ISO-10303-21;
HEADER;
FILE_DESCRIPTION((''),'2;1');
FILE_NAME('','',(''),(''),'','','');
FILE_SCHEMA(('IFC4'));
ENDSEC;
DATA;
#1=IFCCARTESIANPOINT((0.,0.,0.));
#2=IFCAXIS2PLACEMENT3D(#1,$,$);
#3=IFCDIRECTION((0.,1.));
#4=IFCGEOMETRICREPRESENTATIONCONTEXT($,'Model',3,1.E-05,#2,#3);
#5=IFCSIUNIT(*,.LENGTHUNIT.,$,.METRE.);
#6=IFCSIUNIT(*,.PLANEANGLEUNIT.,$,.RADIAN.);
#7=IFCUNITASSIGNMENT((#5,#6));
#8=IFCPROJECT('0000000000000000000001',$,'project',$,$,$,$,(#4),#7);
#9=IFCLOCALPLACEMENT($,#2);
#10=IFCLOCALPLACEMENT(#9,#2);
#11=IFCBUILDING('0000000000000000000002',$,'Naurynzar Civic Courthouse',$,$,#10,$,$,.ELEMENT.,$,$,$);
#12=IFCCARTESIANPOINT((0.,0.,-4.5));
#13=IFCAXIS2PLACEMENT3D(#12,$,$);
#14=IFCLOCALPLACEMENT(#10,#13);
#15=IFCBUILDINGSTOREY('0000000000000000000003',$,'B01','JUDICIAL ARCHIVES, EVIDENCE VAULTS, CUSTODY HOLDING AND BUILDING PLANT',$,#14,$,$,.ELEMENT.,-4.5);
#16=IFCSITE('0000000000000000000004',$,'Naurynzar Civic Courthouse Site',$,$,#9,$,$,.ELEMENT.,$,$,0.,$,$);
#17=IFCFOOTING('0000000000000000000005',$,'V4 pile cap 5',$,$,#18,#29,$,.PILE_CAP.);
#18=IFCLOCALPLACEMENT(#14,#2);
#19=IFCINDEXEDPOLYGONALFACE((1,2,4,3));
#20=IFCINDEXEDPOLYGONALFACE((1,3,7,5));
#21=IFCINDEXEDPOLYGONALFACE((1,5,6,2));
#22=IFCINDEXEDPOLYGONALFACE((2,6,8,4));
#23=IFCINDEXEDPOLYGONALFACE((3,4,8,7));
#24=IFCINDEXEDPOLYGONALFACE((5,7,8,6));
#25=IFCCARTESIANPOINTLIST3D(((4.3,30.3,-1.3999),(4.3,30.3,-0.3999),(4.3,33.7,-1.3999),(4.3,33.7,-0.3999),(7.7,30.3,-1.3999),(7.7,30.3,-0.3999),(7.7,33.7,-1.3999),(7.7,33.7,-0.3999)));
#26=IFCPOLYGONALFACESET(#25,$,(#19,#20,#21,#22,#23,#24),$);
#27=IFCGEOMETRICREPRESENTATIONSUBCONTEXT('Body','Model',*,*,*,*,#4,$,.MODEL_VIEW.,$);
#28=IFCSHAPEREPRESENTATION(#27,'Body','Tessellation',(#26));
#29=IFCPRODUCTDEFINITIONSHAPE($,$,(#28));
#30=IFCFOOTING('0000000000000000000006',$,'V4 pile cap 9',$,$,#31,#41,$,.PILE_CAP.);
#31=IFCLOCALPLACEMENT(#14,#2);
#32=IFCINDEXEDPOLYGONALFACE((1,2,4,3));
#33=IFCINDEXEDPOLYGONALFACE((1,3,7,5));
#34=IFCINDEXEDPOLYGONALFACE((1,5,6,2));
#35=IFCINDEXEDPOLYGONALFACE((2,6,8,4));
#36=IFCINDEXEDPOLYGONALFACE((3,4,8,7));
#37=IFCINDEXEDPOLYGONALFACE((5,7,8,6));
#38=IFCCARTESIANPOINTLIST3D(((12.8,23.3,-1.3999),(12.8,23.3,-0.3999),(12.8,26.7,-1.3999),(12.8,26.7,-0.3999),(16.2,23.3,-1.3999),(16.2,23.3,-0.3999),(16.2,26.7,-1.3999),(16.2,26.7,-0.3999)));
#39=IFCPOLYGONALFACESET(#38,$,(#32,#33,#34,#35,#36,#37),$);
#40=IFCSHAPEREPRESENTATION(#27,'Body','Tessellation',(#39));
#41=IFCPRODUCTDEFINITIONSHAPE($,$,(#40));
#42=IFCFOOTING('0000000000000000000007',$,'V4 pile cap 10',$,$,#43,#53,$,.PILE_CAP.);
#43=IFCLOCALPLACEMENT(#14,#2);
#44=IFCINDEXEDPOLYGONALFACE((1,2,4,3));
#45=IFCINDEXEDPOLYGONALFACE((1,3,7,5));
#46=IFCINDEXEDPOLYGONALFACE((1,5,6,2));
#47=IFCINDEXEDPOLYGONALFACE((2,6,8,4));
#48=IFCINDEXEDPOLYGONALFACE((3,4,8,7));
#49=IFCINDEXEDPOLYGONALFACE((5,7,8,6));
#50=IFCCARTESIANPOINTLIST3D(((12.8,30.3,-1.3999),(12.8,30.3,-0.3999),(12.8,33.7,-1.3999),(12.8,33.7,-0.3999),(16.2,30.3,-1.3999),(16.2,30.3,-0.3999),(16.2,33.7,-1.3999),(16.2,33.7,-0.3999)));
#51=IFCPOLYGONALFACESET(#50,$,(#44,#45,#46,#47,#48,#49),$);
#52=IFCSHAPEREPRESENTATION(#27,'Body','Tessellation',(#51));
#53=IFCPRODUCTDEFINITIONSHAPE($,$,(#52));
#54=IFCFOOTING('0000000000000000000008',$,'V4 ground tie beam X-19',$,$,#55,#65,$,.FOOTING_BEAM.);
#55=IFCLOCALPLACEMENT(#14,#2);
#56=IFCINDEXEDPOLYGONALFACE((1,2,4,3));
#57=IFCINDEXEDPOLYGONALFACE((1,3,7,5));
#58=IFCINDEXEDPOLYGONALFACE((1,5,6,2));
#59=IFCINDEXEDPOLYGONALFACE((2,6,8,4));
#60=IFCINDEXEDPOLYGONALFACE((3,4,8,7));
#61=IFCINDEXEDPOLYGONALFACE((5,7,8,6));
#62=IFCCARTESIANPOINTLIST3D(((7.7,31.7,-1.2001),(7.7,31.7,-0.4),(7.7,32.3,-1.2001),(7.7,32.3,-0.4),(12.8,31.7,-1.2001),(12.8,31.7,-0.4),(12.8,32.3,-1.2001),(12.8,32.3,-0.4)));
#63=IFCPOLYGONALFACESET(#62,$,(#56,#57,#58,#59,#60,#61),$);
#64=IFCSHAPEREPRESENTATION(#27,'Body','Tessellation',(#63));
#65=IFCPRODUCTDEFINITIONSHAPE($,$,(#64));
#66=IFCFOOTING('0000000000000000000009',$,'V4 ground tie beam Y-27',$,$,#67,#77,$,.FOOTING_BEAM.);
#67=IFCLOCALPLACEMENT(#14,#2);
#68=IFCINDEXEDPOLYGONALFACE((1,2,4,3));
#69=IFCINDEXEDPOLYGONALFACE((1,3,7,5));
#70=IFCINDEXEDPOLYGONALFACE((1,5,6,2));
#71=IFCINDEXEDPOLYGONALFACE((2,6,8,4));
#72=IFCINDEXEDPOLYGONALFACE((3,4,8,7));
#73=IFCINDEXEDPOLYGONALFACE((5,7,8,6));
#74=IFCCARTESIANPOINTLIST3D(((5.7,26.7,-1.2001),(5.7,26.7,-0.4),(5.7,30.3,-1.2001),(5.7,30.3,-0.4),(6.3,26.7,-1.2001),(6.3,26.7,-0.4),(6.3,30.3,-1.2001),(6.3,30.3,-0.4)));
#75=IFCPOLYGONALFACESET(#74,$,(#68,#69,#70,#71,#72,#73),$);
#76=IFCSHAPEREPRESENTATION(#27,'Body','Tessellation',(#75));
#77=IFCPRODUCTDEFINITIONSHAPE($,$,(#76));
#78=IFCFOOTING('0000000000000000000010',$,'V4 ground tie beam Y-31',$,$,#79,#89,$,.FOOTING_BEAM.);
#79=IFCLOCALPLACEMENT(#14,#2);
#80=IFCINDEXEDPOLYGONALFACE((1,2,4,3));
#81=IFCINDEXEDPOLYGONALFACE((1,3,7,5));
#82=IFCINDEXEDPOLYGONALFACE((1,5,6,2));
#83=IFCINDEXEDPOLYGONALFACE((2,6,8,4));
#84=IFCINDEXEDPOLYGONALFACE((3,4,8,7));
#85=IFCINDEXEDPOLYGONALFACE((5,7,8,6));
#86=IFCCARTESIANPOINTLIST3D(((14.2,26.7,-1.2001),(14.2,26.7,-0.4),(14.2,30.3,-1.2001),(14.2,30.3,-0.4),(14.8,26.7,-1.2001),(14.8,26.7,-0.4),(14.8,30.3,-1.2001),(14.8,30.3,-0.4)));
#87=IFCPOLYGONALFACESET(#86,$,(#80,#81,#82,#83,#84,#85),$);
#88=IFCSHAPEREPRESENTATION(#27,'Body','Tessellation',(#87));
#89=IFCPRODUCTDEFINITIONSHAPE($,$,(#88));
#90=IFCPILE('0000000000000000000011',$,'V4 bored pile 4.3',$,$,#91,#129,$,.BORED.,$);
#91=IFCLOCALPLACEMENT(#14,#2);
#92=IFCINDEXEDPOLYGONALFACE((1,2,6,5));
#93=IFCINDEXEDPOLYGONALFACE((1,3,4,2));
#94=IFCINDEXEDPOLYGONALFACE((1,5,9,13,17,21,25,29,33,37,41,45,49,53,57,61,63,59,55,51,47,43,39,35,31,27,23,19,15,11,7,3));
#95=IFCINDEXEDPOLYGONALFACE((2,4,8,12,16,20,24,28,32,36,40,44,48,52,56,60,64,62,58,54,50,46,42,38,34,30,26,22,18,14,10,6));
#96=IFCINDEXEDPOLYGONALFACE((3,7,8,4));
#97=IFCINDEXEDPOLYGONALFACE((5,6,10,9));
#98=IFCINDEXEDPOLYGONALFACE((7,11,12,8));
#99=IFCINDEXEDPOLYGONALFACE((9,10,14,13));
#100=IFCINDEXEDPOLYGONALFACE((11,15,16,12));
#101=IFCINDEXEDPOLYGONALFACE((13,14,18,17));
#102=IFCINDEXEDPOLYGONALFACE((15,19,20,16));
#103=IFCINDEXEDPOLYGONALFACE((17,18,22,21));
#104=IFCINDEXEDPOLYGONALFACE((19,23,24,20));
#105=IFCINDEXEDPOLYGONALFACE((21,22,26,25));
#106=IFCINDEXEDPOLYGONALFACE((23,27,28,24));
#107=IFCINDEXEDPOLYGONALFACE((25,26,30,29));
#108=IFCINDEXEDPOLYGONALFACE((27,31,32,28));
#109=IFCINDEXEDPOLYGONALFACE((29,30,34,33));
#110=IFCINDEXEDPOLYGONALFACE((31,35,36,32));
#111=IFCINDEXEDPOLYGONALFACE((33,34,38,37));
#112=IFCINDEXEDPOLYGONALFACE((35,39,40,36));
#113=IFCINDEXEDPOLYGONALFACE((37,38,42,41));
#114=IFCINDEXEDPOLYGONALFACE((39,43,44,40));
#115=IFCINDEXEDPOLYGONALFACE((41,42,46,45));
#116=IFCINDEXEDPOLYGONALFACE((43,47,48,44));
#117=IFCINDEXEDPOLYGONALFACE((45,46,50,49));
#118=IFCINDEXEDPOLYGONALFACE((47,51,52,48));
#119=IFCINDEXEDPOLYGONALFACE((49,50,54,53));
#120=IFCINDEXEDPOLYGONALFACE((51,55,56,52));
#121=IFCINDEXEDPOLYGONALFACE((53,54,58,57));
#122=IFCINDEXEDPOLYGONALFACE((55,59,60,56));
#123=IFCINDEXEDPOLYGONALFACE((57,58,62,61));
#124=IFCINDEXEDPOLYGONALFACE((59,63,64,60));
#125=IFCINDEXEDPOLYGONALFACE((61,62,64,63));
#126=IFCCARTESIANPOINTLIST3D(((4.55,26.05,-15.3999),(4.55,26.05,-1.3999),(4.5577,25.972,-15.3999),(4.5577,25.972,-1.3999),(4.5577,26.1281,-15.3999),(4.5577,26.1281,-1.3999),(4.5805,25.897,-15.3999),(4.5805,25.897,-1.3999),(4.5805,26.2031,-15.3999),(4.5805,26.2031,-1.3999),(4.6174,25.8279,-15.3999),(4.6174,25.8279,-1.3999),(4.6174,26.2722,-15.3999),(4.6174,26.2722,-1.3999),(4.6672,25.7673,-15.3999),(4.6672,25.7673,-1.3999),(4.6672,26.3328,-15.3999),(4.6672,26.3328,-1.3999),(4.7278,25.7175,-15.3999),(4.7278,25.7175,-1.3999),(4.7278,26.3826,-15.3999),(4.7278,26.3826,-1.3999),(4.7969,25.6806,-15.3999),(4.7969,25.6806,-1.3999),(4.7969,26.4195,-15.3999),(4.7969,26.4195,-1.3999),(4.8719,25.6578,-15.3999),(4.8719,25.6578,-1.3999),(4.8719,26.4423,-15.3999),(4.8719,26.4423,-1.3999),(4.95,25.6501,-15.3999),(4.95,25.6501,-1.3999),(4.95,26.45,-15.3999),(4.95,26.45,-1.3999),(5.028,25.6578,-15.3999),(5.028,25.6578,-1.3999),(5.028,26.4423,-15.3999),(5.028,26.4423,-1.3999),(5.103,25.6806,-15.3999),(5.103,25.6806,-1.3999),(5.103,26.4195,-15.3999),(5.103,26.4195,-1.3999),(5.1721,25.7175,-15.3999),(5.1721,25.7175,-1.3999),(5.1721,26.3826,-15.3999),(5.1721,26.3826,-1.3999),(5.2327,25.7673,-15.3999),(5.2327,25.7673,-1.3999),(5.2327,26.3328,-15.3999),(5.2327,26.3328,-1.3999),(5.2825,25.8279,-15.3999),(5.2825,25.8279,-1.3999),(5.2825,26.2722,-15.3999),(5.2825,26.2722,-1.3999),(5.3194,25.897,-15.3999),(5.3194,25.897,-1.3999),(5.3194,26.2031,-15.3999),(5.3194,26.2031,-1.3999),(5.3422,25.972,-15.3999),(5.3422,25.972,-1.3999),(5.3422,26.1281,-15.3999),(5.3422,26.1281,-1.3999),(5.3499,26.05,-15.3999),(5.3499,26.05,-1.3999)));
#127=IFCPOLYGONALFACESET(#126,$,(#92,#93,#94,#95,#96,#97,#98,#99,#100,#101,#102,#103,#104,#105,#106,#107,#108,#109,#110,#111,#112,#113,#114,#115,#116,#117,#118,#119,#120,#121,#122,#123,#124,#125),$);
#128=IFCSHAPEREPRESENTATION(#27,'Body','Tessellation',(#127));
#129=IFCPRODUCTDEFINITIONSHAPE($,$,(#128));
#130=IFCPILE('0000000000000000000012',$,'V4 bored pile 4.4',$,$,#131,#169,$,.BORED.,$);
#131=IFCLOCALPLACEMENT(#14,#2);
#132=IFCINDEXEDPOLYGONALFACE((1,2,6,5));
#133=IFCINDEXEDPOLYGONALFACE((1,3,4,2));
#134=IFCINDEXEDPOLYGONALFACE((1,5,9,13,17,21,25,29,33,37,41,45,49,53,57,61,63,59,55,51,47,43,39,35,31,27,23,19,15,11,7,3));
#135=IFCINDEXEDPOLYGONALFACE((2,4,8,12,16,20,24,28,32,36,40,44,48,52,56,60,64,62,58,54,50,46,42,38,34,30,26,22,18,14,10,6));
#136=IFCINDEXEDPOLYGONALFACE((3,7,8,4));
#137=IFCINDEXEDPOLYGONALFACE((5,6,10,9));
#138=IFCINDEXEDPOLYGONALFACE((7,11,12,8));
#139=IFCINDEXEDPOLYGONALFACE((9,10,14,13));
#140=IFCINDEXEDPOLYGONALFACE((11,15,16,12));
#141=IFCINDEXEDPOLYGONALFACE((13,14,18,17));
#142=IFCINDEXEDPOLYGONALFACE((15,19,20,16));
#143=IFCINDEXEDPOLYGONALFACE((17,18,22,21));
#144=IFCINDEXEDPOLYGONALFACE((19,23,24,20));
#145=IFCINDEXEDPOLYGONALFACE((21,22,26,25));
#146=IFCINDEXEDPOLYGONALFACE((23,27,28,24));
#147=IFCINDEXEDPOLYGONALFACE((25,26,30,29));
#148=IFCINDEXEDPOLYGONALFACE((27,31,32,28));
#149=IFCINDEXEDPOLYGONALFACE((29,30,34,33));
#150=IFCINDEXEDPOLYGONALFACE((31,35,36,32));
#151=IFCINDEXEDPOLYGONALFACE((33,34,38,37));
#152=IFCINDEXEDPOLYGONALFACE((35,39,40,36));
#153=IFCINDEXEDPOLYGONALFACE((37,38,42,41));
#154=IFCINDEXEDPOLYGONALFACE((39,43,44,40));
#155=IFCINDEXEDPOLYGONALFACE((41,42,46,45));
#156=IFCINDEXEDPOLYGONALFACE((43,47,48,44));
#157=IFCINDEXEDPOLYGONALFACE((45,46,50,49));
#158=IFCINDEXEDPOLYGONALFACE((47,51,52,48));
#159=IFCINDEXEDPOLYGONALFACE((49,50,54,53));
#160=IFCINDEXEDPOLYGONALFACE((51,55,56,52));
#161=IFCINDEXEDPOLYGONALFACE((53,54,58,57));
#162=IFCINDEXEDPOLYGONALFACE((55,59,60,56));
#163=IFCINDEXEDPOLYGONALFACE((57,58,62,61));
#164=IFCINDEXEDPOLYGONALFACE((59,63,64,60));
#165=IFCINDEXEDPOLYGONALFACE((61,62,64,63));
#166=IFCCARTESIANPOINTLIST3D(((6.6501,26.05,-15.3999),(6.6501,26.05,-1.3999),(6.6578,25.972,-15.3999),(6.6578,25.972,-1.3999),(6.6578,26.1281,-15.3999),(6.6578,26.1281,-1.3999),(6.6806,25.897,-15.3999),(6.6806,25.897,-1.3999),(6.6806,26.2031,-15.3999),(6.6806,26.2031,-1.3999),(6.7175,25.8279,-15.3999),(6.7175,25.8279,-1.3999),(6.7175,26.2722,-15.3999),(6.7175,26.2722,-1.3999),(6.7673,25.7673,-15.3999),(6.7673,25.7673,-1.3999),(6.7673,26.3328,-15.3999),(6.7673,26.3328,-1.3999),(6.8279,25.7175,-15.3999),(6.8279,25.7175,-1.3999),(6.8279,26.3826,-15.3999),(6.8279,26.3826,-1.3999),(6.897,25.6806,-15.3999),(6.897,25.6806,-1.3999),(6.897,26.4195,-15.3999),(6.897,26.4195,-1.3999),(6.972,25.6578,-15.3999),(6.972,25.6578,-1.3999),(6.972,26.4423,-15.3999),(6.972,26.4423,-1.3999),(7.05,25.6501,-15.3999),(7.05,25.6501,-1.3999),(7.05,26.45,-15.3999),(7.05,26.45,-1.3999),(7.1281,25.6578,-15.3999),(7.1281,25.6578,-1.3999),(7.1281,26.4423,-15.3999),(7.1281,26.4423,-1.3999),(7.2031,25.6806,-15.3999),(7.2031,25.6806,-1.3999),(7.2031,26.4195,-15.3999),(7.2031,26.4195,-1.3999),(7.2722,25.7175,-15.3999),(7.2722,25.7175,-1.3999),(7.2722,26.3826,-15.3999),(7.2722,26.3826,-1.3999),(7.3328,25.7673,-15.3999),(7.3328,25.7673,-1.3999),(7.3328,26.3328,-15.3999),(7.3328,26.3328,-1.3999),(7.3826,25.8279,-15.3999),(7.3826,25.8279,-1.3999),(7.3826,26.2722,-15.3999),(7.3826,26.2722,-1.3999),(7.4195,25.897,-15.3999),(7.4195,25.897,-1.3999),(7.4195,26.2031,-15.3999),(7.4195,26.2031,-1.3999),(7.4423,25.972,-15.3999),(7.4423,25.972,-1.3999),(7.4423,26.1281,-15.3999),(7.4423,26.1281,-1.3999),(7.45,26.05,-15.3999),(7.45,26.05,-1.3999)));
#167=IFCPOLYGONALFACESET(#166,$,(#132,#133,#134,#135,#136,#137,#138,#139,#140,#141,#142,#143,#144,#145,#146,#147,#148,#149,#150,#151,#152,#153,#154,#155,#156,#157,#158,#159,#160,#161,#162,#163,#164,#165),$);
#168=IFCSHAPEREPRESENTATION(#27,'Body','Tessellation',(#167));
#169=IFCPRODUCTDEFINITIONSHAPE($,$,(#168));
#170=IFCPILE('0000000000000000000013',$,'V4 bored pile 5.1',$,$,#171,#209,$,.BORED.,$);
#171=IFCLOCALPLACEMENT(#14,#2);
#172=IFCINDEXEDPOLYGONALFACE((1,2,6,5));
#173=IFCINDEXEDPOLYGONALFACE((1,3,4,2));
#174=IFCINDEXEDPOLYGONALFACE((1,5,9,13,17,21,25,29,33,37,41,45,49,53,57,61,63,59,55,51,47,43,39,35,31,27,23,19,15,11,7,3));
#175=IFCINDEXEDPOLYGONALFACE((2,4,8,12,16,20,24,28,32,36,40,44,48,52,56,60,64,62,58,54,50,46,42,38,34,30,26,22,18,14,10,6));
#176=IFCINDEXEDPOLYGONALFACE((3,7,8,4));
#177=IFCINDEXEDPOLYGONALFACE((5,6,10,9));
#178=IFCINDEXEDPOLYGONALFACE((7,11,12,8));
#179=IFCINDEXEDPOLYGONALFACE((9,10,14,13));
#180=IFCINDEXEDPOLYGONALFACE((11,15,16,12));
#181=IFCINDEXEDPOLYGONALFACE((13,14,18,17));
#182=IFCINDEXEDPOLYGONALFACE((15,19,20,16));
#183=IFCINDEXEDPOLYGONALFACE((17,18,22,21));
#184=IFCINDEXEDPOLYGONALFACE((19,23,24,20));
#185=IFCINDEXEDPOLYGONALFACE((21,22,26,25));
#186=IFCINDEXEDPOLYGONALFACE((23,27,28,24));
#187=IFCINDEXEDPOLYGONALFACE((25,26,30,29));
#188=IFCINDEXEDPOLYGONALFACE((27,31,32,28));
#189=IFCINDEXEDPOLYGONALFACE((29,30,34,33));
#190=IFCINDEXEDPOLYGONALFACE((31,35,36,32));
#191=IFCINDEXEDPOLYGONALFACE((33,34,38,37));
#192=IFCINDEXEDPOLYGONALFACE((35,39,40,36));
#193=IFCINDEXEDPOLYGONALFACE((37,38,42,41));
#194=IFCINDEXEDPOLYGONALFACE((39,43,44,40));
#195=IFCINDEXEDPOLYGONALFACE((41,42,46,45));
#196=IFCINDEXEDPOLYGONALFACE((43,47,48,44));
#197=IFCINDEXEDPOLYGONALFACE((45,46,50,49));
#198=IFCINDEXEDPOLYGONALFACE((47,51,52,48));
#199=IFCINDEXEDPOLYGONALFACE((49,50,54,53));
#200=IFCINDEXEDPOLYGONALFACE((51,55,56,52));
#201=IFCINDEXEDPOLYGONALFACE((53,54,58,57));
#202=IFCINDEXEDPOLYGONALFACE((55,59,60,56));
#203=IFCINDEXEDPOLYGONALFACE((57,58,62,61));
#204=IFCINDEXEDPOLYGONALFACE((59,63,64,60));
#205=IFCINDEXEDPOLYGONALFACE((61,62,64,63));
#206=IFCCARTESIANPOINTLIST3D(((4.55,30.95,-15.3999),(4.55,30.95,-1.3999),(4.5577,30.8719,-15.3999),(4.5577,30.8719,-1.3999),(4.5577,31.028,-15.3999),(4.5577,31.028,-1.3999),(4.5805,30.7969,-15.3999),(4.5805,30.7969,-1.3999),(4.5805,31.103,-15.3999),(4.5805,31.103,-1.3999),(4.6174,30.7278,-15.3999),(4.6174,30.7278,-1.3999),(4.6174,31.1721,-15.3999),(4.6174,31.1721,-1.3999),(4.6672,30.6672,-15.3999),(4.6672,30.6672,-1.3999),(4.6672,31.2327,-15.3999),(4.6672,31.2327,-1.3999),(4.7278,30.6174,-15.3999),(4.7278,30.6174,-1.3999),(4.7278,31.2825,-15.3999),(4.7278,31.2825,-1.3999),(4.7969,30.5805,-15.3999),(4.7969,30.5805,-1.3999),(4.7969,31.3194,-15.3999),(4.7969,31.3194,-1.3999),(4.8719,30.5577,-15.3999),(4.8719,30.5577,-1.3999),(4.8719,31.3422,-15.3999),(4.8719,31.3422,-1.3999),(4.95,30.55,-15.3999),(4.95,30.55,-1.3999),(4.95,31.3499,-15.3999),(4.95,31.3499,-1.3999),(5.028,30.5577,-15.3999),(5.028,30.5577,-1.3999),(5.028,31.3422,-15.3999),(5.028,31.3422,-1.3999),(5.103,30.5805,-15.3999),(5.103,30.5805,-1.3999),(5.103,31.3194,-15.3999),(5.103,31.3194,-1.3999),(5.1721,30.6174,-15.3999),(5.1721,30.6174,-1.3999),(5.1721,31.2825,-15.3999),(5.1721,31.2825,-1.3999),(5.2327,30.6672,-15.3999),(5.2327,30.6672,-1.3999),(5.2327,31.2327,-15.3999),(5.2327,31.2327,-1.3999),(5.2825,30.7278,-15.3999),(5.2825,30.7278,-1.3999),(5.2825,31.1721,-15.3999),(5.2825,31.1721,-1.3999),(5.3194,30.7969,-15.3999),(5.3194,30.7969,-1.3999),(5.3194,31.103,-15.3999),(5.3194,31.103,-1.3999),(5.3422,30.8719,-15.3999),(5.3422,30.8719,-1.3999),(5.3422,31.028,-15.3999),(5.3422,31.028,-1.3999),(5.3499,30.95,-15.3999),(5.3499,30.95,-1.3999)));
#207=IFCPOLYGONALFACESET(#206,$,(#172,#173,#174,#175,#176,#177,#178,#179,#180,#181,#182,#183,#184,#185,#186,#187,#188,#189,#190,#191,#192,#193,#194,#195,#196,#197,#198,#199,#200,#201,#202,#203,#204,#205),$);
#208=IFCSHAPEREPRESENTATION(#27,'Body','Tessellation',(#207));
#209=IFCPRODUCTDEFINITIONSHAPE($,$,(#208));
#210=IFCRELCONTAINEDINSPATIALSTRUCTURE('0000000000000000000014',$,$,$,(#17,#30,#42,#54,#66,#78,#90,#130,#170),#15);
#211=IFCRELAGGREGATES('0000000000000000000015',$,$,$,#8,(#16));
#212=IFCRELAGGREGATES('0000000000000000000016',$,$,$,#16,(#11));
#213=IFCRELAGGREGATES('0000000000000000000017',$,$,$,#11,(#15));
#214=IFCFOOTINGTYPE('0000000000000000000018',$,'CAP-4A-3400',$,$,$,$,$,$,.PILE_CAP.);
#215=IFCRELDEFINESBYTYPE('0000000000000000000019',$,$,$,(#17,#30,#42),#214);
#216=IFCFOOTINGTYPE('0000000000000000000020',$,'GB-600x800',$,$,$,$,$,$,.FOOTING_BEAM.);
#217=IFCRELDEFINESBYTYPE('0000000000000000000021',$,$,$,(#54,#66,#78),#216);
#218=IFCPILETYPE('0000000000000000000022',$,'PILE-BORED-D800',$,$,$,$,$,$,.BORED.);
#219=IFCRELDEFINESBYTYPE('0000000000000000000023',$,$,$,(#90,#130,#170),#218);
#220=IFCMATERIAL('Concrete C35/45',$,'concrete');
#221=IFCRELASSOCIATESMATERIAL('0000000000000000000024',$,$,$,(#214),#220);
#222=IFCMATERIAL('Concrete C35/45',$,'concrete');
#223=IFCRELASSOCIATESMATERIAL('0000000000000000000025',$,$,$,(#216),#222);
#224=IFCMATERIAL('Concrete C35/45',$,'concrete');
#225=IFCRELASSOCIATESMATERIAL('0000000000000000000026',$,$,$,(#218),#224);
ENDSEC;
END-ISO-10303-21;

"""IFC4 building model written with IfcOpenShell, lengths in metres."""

from ifc_helpers import new_model, si_unit, direction, frame, origin, origin_2d, place, context, subcontext, project, spatial, rectangle, circle, extrude, material, material_profile, profile_set, type_object, element, save


model = new_model("IFC4")

# Units and contexts
model_context = context("Model", 3, precision=1e-05, world=origin(), true_north=direction((0.0, 1.0)))
body_context = subcontext(model_context, "Body", "Model", "MODEL_VIEW")
ifc_project = project(units=[si_unit("LENGTHUNIT", "METRE"), si_unit("PLANEANGLEUNIT", "RADIAN")], contexts=[model_context])

# Site, building, storey
site_placement = place(None, origin())
site = spatial("IfcSite", under=ifc_project, at=site_placement, Name="Naurynzar Civic Courthouse Site", CompositionType="ELEMENT", RefElevation=0.0)
building_placement = place(site_placement, origin())
building = spatial("IfcBuilding", under=site, at=building_placement, Name="Naurynzar Civic Courthouse", CompositionType="ELEMENT")
storey_placement = place(building_placement, frame((0.0, 0.0, -4.5)))
storey = spatial("IfcBuildingStorey", under=building, at=storey_placement, Name="B01", Description="JUDICIAL ARCHIVES, EVIDENCE VAULTS, CUSTODY HOLDING AND BUILDING PLANT", CompositionType="ELEMENT", Elevation=-4.5)

# Footings
ifc_material_1 = material(Name="Concrete C35/45", Category="concrete")
footing_type_1 = type_object("IfcFootingType", Name="CAP-4A-3400", PredefinedType="PILE_CAP", material=ifc_material_1)
for number, where, z_axis, x_axis, name in (
    (1, (6.0, 32.0, -1.3999), (0.0, 0.0, 1.0), (1.0, 0.0, 0.0), "V4 pile cap 5"),
    (2, (14.5, 25.0, -1.3999), (0.0, 0.0, 1.0), (1.0, 0.0, 0.0), "V4 pile cap 9"),
    (3, (14.5, 32.0, -1.3999), (0.0, 0.0, 1.0), (1.0, 0.0, 0.0), "V4 pile cap 10"),
):
    element("IfcFooting", number, at=place(storey_placement, frame(where, z_axis=z_axis, x_axis=x_axis)), inside=storey, type_object=footing_type_1, Name=name, PredefinedType="PILE_CAP", context=body_context, shape_type="SweptSolid", body=[
        extrude(rectangle(XDim=3.3999, YDim=3.3999, at=origin_2d()), origin(), (0.0, 0.0, 1.0), 1.0),
    ])
ifc_material_2 = material(Name="Concrete C35/45", Category="concrete")
ifc_material_profile_1 = material_profile(ifc_material_2, rectangle(XDim=0.6001, YDim=0.8, at=origin_2d()), Name="GB 600x800")
ifc_profile_set_1 = profile_set([ifc_material_profile_1], Name="Concrete C35/45")
footing_type_2 = type_object("IfcFootingType", Name="GB-600x800", PredefinedType="FOOTING_BEAM", material=ifc_profile_set_1)
footing_placement = place(storey_placement, frame((7.7, 32.0, -0.8), z_axis=(1.0, 0.0, 0.0), x_axis=(0.0, 1.0, 0.0)))
element("IfcFooting", 4, at=footing_placement, inside=storey, type_object=footing_type_2, Name="V4 ground tie beam X-19", PredefinedType="FOOTING_BEAM", context=body_context, shape_type="SweptSolid", body=[
    extrude(rectangle(XDim=0.6001, YDim=0.8, at=origin_2d()), origin(), (0.0, 0.0, 1.0), 5.1001),
])
for number, where, z_axis, x_axis, name in (
    (5, (6.0, 26.7, -0.8), (0.0, 1.0, 0.0), (-1.0, 0.0, 0.0), "V4 ground tie beam Y-27"),
    (6, (14.5, 26.7, -0.8), (0.0, 1.0, 0.0), (-1.0, 0.0, 0.0), "V4 ground tie beam Y-31"),
):
    element("IfcFooting", number, at=place(storey_placement, frame(where, z_axis=z_axis, x_axis=x_axis)), inside=storey, type_object=footing_type_2, Name=name, PredefinedType="FOOTING_BEAM", context=body_context, shape_type="SweptSolid", body=[
        extrude(rectangle(XDim=0.6001, YDim=0.8, at=origin_2d()), origin(), (0.0, 0.0, 1.0), 3.6001),
    ])

# Piles
ifc_material_3 = material(Name="Concrete C35/45", Category="concrete")
ifc_material_profile_2 = material_profile(ifc_material_3, circle(Radius=0.3999, at=origin_2d()), Name="PILE D800")
ifc_profile_set_2 = profile_set([ifc_material_profile_2], Name="Concrete C35/45")
pile_type = type_object("IfcPileType", Name="PILE-BORED-D800", PredefinedType="BORED", material=ifc_profile_set_2)
for number, where, z_axis, x_axis, name in (
    (7, (4.95, 26.05, -1.3999), (0.0, 0.0, -1.0), (1.0, 0.0, 0.0), "V4 bored pile 4.3"),
    (8, (7.05, 26.05, -1.3999), (0.0, 0.0, -1.0), (1.0, 0.0, 0.0), "V4 bored pile 4.4"),
    (9, (4.95, 30.95, -1.3999), (0.0, 0.0, -1.0), (1.0, 0.0, 0.0), "V4 bored pile 5.1"),
):
    element("IfcPile", number, at=place(storey_placement, frame(where, z_axis=z_axis, x_axis=x_axis)), inside=storey, type_object=pile_type, Name=name, PredefinedType="BORED", context=body_context, shape_type="SweptSolid", body=[
        extrude(circle(Radius=0.3999, at=origin_2d()), origin(), (0.0, 0.0, 1.0), 14.0),
    ])

save(model, "model.ifc")
